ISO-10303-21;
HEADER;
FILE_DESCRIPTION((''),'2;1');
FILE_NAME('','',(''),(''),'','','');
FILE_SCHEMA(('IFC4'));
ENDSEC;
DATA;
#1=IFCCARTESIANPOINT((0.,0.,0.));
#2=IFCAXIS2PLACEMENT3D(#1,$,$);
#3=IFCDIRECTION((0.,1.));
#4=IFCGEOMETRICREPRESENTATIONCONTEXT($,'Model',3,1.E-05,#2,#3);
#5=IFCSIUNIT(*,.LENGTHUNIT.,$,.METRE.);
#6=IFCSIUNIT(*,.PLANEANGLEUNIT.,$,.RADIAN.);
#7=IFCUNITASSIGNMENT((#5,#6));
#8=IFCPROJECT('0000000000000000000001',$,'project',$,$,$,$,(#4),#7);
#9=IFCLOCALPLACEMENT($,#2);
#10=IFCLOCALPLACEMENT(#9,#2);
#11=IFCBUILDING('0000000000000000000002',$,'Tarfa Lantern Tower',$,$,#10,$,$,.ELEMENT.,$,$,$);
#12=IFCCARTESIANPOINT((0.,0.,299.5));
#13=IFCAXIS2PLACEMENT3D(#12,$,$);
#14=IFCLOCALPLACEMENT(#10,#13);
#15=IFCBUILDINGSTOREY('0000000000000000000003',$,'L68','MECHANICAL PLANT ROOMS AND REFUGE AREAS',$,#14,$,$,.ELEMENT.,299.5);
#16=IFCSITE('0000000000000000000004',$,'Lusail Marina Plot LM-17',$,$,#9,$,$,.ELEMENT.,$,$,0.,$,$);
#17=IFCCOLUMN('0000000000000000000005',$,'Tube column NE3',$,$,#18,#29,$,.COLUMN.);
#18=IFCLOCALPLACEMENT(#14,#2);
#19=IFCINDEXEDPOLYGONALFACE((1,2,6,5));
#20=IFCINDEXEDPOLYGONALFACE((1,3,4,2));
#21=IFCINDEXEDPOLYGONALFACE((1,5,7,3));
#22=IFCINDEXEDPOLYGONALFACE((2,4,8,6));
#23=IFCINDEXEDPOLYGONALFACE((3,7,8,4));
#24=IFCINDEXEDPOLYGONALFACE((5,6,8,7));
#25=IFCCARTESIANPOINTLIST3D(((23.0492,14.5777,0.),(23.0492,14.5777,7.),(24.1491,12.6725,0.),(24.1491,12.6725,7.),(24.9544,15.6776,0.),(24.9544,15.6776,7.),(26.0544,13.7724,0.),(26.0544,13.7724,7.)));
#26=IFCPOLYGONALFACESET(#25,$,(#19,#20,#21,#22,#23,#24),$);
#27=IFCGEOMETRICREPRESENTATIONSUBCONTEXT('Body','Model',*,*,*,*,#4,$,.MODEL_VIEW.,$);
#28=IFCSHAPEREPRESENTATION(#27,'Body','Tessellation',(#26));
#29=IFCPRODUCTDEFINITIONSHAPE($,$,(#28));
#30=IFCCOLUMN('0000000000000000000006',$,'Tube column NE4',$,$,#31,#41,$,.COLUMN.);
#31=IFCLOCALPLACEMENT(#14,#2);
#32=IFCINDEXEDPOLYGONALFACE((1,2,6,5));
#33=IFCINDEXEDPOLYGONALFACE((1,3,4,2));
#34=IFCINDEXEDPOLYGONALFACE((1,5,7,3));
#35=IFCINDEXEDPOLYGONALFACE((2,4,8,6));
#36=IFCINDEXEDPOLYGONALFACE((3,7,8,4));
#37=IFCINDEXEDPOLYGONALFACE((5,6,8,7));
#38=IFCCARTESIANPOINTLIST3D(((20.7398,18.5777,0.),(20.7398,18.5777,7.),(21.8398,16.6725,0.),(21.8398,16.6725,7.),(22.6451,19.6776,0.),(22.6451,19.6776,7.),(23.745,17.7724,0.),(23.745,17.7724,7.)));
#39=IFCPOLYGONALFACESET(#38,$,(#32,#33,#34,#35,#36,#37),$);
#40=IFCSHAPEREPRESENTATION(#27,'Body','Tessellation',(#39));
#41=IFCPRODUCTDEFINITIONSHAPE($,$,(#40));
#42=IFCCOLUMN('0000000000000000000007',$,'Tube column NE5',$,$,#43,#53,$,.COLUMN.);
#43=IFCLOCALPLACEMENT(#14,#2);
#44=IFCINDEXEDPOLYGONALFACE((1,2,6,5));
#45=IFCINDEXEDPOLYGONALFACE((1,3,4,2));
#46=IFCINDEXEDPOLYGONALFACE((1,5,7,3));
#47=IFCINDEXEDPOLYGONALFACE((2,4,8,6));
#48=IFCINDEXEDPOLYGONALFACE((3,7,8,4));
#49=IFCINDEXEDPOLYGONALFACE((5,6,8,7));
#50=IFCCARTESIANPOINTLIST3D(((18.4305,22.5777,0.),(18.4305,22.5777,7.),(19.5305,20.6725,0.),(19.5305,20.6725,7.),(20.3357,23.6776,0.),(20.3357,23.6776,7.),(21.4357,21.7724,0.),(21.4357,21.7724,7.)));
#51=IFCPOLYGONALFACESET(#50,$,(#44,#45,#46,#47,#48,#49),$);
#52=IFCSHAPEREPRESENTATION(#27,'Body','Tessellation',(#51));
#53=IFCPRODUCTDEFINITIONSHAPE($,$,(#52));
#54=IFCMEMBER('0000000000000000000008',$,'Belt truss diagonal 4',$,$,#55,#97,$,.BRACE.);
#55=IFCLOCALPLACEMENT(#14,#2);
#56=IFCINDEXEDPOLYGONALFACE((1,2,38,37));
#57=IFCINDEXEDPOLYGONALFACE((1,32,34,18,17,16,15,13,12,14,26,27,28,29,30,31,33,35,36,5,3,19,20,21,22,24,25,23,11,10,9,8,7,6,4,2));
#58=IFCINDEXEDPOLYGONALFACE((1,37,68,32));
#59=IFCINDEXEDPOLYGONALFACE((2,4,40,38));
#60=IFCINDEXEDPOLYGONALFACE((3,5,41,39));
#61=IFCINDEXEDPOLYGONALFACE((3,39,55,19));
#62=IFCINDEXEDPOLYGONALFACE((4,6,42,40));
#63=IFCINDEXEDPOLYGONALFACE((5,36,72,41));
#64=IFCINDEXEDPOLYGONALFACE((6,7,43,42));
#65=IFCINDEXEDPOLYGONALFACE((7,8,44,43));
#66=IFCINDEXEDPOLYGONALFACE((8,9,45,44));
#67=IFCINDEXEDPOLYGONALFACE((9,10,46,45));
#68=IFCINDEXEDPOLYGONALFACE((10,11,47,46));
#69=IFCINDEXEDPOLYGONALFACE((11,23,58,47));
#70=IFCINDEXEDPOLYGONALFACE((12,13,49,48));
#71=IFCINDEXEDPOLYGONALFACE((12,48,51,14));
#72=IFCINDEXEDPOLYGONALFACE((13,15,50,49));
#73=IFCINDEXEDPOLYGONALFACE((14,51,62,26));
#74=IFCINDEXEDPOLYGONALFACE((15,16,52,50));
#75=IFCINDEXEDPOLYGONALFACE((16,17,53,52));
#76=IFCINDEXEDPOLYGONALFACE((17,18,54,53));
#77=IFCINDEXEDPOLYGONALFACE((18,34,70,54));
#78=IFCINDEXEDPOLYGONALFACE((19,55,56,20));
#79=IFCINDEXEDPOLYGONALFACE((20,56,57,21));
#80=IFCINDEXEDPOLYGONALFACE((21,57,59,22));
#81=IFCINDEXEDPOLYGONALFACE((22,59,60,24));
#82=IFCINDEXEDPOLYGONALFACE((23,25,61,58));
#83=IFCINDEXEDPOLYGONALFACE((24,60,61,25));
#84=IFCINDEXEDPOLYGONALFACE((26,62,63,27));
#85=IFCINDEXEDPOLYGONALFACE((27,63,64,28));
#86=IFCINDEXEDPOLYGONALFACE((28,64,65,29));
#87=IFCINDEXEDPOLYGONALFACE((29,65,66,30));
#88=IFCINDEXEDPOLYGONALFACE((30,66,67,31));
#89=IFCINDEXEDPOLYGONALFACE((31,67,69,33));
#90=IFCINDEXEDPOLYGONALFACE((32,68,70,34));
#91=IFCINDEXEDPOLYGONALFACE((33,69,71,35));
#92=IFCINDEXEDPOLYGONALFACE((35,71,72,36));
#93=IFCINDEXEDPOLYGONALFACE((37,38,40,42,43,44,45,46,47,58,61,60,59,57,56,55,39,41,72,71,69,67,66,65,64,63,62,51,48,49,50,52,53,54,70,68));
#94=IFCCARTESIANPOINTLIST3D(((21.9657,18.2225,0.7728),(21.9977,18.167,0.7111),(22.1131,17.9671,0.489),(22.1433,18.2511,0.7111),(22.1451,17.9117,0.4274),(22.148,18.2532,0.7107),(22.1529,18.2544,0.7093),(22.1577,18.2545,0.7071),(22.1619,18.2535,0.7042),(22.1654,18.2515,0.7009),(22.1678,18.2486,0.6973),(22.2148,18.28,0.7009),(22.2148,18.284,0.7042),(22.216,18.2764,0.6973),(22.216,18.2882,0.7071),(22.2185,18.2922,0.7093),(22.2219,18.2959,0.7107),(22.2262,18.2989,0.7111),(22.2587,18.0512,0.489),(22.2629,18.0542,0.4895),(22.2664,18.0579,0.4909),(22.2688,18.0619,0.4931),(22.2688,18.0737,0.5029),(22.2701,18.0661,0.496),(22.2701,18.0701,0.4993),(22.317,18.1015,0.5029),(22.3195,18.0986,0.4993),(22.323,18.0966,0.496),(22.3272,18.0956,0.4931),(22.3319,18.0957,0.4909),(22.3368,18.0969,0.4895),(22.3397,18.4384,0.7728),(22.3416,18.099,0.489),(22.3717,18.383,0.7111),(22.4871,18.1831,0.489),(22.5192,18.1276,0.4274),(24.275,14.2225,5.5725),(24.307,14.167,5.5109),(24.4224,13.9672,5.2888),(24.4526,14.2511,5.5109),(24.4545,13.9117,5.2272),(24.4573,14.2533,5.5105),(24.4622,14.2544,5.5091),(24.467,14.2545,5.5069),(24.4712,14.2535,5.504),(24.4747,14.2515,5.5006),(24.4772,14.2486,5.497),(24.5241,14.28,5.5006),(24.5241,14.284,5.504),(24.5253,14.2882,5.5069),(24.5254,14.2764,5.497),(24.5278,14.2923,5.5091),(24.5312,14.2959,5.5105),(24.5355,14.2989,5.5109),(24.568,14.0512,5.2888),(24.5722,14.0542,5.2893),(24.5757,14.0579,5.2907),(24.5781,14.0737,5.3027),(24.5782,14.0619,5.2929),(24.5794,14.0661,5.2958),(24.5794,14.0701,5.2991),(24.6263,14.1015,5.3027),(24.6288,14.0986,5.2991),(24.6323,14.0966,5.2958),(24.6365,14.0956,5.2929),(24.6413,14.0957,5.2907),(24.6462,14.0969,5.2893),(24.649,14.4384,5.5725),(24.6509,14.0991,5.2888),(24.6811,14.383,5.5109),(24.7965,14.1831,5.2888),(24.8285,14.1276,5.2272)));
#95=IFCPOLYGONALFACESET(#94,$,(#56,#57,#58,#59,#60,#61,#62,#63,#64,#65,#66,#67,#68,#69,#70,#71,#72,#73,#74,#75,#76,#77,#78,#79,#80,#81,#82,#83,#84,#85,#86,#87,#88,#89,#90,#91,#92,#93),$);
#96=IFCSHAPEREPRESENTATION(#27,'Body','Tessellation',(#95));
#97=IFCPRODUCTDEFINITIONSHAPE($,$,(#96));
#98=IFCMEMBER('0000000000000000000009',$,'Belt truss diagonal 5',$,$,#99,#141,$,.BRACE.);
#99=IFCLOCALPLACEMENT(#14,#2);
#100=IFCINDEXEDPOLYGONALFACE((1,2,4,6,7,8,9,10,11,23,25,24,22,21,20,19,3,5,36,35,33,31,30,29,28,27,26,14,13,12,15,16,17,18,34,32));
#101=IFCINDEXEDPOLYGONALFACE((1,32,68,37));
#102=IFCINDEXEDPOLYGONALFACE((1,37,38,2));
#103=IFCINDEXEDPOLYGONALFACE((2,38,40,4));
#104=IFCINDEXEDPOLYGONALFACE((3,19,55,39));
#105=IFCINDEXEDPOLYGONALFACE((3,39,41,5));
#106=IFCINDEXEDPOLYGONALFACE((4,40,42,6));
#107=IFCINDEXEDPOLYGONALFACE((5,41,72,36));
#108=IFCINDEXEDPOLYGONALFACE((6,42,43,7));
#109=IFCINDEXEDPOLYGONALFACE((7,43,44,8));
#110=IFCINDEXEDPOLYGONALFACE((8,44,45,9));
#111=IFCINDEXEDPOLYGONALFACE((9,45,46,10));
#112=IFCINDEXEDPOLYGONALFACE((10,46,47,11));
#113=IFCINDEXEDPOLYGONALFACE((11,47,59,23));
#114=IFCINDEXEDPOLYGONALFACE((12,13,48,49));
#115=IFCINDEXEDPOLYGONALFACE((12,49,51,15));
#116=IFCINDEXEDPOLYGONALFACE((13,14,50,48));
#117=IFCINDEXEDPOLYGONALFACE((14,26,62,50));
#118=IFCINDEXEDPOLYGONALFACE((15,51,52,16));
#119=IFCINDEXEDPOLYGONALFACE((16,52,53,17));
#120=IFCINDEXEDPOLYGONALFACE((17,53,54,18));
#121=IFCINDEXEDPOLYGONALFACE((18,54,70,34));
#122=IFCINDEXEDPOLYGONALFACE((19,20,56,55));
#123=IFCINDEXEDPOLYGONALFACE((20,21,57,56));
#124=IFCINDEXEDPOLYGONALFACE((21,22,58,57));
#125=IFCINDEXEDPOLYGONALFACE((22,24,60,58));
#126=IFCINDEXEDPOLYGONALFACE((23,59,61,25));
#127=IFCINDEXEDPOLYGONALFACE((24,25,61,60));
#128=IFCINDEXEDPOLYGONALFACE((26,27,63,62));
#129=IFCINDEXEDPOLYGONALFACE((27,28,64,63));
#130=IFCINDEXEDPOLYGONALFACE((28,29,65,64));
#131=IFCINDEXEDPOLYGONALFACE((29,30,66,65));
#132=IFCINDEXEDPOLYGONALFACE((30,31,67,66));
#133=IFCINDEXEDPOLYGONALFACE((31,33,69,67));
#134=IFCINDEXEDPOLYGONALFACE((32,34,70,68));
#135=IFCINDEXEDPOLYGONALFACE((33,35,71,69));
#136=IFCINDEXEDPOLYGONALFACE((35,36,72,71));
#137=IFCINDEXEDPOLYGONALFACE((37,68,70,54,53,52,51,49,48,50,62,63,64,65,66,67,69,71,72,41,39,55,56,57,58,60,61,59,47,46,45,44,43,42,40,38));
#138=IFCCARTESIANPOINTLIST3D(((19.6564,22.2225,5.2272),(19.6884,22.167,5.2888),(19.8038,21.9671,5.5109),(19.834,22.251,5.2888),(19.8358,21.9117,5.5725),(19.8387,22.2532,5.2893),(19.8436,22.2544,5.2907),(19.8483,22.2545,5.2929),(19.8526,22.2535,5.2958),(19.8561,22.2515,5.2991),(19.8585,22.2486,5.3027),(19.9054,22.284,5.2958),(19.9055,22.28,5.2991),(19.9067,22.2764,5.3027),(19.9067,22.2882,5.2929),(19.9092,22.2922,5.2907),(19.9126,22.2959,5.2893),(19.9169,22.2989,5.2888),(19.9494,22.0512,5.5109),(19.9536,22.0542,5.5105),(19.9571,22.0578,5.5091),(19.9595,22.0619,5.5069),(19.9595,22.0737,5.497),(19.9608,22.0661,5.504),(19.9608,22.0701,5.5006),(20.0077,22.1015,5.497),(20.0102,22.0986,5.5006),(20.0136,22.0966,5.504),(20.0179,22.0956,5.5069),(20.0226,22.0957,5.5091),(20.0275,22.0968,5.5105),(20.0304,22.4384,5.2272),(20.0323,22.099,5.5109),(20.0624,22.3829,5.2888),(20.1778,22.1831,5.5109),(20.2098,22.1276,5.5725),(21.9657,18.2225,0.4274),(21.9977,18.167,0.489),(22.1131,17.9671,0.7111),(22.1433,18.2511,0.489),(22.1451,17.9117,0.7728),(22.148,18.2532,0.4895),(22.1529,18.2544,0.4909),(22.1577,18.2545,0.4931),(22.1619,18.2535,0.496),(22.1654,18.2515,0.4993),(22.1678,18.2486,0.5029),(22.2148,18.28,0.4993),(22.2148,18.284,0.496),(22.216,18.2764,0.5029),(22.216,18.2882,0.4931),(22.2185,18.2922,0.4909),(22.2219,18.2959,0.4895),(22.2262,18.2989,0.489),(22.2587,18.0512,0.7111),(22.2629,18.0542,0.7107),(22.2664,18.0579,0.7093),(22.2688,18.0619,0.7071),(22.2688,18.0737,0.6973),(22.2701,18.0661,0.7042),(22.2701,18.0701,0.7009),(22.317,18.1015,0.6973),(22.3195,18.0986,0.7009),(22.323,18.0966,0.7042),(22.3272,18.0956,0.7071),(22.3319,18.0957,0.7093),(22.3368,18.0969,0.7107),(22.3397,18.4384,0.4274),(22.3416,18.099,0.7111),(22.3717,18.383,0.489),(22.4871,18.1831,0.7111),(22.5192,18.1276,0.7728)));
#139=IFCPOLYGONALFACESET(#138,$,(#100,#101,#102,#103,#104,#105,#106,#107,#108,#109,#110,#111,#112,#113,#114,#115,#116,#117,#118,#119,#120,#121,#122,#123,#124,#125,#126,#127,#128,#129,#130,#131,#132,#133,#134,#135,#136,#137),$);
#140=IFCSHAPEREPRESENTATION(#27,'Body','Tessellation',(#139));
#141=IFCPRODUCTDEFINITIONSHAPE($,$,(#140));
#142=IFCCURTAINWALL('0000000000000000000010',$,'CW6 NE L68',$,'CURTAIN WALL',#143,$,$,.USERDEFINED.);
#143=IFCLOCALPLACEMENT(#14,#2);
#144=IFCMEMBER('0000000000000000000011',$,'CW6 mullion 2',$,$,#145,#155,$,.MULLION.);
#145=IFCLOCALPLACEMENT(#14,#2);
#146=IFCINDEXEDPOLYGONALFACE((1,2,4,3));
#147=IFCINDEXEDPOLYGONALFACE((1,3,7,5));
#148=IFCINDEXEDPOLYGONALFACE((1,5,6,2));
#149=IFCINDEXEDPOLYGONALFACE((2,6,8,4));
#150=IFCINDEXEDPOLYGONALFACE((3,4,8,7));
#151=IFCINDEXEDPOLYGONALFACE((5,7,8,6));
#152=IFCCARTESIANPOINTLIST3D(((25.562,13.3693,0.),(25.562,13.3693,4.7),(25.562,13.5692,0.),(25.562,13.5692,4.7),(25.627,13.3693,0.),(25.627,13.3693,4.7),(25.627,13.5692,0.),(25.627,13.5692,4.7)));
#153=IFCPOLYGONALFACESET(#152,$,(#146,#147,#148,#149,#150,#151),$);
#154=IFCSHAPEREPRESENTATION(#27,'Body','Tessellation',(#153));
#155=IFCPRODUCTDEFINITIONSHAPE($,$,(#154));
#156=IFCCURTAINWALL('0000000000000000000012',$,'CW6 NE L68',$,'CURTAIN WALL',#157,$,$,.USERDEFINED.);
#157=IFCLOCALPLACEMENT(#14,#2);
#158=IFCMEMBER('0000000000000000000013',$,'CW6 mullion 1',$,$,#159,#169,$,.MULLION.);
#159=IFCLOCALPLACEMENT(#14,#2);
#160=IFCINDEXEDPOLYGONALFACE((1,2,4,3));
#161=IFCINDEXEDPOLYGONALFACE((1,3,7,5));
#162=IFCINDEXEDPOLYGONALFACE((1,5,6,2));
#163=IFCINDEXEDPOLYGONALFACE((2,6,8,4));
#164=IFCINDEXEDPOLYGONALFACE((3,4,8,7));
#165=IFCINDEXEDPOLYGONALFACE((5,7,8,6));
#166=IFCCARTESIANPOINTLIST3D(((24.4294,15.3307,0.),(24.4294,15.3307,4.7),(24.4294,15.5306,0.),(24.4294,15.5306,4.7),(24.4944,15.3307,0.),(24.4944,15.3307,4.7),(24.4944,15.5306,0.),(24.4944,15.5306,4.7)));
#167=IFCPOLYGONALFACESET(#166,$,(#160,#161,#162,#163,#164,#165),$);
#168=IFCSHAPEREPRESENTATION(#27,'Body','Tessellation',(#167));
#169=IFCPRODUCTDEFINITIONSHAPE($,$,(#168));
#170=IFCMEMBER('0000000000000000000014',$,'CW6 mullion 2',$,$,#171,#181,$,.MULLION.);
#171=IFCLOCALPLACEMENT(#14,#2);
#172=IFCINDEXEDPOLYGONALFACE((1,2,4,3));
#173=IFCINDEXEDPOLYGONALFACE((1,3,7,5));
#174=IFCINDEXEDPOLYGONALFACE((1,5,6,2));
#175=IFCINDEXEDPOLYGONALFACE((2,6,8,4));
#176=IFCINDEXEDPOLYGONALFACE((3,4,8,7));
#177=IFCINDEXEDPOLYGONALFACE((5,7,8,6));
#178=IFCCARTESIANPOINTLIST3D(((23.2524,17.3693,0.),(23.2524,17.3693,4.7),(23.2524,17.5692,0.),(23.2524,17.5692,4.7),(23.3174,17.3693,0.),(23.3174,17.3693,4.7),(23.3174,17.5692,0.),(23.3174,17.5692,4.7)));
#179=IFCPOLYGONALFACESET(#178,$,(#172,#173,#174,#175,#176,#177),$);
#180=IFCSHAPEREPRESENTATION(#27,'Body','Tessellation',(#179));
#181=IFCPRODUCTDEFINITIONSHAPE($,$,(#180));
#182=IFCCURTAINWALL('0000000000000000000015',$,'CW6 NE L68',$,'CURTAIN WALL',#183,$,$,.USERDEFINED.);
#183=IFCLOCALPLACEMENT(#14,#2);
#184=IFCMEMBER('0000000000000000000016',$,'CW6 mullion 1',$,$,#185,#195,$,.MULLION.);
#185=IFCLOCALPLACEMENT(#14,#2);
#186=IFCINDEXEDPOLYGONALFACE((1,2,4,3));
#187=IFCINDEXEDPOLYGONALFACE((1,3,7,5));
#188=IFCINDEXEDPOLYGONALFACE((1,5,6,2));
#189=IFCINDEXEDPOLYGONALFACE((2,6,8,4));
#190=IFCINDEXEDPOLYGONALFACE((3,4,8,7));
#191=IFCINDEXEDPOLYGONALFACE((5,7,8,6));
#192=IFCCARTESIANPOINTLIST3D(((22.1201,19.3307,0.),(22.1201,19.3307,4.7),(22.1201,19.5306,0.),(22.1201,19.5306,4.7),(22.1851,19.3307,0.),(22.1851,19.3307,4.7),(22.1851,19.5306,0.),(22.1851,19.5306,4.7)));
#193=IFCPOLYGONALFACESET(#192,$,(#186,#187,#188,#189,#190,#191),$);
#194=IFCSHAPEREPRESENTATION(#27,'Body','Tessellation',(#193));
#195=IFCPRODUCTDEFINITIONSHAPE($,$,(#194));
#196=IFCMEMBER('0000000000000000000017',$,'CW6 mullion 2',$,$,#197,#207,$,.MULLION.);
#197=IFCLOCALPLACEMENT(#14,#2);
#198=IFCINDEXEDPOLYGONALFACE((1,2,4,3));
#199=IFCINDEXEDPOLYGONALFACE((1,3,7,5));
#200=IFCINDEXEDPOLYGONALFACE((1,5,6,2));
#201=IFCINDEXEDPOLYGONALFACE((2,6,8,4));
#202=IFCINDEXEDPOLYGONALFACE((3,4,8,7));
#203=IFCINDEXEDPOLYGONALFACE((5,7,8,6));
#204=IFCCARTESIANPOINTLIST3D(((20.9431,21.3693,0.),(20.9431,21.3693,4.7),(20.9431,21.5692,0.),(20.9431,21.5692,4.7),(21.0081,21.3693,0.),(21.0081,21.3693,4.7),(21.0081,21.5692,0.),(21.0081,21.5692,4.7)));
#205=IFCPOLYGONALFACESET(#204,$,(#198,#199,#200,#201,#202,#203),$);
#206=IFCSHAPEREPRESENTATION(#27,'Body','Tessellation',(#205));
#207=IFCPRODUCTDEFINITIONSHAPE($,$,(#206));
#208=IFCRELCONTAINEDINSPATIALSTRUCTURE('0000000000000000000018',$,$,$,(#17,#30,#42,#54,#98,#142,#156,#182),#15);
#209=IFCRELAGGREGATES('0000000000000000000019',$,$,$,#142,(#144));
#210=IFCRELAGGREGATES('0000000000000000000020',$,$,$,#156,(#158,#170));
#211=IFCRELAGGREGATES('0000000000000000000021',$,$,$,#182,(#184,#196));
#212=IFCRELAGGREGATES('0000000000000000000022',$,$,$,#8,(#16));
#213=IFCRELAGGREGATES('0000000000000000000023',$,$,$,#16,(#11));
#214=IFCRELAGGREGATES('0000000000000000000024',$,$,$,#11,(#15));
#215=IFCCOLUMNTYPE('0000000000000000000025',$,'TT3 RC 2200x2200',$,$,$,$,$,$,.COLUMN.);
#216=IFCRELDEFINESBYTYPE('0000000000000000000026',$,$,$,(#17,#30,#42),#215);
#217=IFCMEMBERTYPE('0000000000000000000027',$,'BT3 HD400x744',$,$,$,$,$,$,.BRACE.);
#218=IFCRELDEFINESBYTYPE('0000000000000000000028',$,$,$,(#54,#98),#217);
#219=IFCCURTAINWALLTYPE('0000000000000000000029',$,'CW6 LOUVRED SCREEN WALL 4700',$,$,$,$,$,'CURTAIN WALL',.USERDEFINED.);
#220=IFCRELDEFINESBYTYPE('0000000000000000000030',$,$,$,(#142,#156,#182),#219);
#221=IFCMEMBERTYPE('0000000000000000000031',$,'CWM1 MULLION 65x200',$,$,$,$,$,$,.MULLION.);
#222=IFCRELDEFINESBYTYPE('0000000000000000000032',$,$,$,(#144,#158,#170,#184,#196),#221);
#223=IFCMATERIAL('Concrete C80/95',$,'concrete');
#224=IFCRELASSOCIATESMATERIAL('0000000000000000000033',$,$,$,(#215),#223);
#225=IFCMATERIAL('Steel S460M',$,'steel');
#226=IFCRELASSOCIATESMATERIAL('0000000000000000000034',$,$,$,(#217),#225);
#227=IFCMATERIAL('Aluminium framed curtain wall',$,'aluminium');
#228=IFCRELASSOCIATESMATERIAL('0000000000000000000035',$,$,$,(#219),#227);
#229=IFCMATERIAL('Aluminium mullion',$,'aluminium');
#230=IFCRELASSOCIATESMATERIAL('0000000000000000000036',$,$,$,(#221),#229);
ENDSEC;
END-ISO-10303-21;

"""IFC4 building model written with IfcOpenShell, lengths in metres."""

from ifc_helpers import new_model, si_unit, direction, frame, origin, origin_2d, place, context, subcontext, project, spatial, rectangle, i_section, extrude, material, material_profile, profile_set, type_object, element, aggregate, save


model = new_model("IFC4")

# Units and contexts
model_context = context("Model", 3, precision=1e-05, world=origin(), true_north=direction((0.0, 1.0)))
body_context = subcontext(model_context, "Body", "Model", "MODEL_VIEW")
ifc_project = project(units=[si_unit("LENGTHUNIT", "METRE"), si_unit("PLANEANGLEUNIT", "RADIAN")], contexts=[model_context])

# Site, building, storey
site_placement = place(None, origin())
site = spatial("IfcSite", under=ifc_project, at=site_placement, Name="Lusail Marina Plot LM-17", CompositionType="ELEMENT", RefElevation=0.0)
building_placement = place(site_placement, origin())
building = spatial("IfcBuilding", under=site, at=building_placement, Name="Tarfa Lantern Tower", CompositionType="ELEMENT")
storey_placement = place(building_placement, frame((0.0, 0.0, 299.5)))
storey = spatial("IfcBuildingStorey", under=building, at=storey_placement, Name="L68", Description="MECHANICAL PLANT ROOMS AND REFUGE AREAS", CompositionType="ELEMENT", Elevation=299.5)

# Columns
ifc_material_1 = material(Name="Concrete C80/95", Category="concrete")
ifc_material_profile_1 = material_profile(ifc_material_1, rectangle(XDim=2.2, YDim=2.2, at=origin_2d()), Name="RC 2200x2200")
ifc_profile_set_1 = profile_set([ifc_material_profile_1], Name="Concrete C80/95")
column_type = type_object("IfcColumnType", Name="TT3 RC 2200x2200", PredefinedType="COLUMN", material=ifc_profile_set_1)
for number, where, z_axis, x_axis, name in (
    (1, (24.5518, 14.175, 0.0), (0.0, 0.0, 1.0), (-0.5, 0.866025, 0.0), "Tube column NE3"),
    (2, (22.2424, 18.175, 0.0), (0.0, 0.0, 1.0), (-0.5, 0.866025, 0.0), "Tube column NE4"),
    (3, (19.9331, 22.175, 0.0), (0.0, 0.0, 1.0), (-0.5, 0.866025, 0.0), "Tube column NE5"),
):
    element("IfcColumn", number, at=place(storey_placement, frame(where, z_axis=z_axis, x_axis=x_axis)), inside=storey, type_object=column_type, Name=name, PredefinedType="COLUMN", context=body_context, shape_type="SweptSolid", body=[
        extrude(rectangle(XDim=2.2, YDim=2.2, at=origin_2d()), origin(), (0.0, 0.0, 1.0), 7.0),
    ])

# Members
ifc_material_2 = material(Name="Steel S460M", Category="steel")
ifc_material_profile_2 = material_profile(ifc_material_2, i_section(OverallWidth=0.4319, OverallDepth=0.498, WebThickness=0.0557, FlangeThickness=0.0889, FilletRadius=0.02, at=origin_2d()), Name="HD400x744")
ifc_profile_set_2 = profile_set([ifc_material_profile_2], Name="Steel S460M")
member_type_1 = type_object("IfcMemberType", Name="BT3 HD400x744", PredefinedType="BRACE", material=ifc_profile_set_2)
for number, where, z_axis, x_axis, name in (
    (4, (22.2424, 18.175, 0.6001), (0.346685, -0.600496, 0.720565), (0.866032, 0.499988, 0.0), "Belt truss diagonal 4"),
    (5, (22.2424, 18.175, 0.6001), (-0.346685, 0.600496, 0.720565), (-0.866032, -0.499988, 0.0), "Belt truss diagonal 5"),
):
    element("IfcMember", number, at=place(storey_placement, frame(where, z_axis=z_axis, x_axis=x_axis)), inside=storey, type_object=member_type_1, Name=name, PredefinedType="BRACE", context=body_context, shape_type="SweptSolid", body=[
        extrude(i_section(OverallWidth=0.4319, OverallDepth=0.498, WebThickness=0.0557, FlangeThickness=0.0889, FilletRadius=0.02, at=origin_2d()), origin(), (0.0, 0.0, 1.0), 6.6611),
    ])

# Curtain wall, member
ifc_material_3 = material(Name="Aluminium framed curtain wall", Category="aluminium")
curtain_wall_type = type_object("IfcCurtainWallType", Name="CW6 LOUVRED SCREEN WALL 4700", ElementType="CURTAIN WALL", PredefinedType="USERDEFINED", material=ifc_material_3)
curtain_wall_1_placement = place(storey_placement, origin())
curtain_wall_1 = element("IfcCurtainWall", 6, at=curtain_wall_1_placement, inside=storey, type_object=curtain_wall_type, Name="CW6 NE L68", ObjectType="CURTAIN WALL", PredefinedType="USERDEFINED")
ifc_material_4 = material(Name="Aluminium mullion", Category="aluminium")
ifc_material_profile_3 = material_profile(ifc_material_4, rectangle(XDim=0.0649, YDim=0.2, at=origin_2d()), Name="AL MULLION 65x200")
ifc_profile_set_3 = profile_set([ifc_material_profile_3], Name="Aluminium mullion")
member_type_2 = type_object("IfcMemberType", Name="CWM1 MULLION 65x200", PredefinedType="MULLION", material=ifc_profile_set_3)
member_1_placement = place(storey_placement, frame((25.5945, 13.4692, 0.0), z_axis=(0.0, 0.0, 1.0), x_axis=(1.0, 0.0, 0.0)))
member_1 = element("IfcMember", 7, at=member_1_placement, type_object=member_type_2, Name="CW6 mullion 2", PredefinedType="MULLION", context=body_context, shape_type="SweptSolid", body=[
    extrude(rectangle(XDim=0.0649, YDim=0.2, at=origin_2d()), origin(), (0.0, 0.0, 1.0), 4.7),
])

# Curtain walls, members
curtain_wall_2_placement = place(storey_placement, origin())
curtain_wall_2 = element("IfcCurtainWall", 8, at=curtain_wall_2_placement, inside=storey, type_object=curtain_wall_type, Name="CW6 NE L68", ObjectType="CURTAIN WALL", PredefinedType="USERDEFINED")
member_2_placement = place(storey_placement, frame((24.4619, 15.4307, 0.0), z_axis=(0.0, 0.0, 1.0), x_axis=(1.0, 0.0, 0.0)))
member_2 = element("IfcMember", 9, at=member_2_placement, type_object=member_type_2, Name="CW6 mullion 1", PredefinedType="MULLION", context=body_context, shape_type="SweptSolid", body=[
    extrude(rectangle(XDim=0.0649, YDim=0.2, at=origin_2d()), origin(), (0.0, 0.0, 1.0), 4.7),
])
member_3_placement = place(storey_placement, frame((23.2849, 17.4692, 0.0), z_axis=(0.0, 0.0, 1.0), x_axis=(1.0, 0.0, 0.0)))
member_3 = element("IfcMember", 10, at=member_3_placement, type_object=member_type_2, Name="CW6 mullion 2", PredefinedType="MULLION", context=body_context, shape_type="SweptSolid", body=[
    extrude(rectangle(XDim=0.0649, YDim=0.2, at=origin_2d()), origin(), (0.0, 0.0, 1.0), 4.7),
])
curtain_wall_3_placement = place(storey_placement, origin())
curtain_wall_3 = element("IfcCurtainWall", 11, at=curtain_wall_3_placement, inside=storey, type_object=curtain_wall_type, Name="CW6 NE L68", ObjectType="CURTAIN WALL", PredefinedType="USERDEFINED")
member_4_placement = place(storey_placement, frame((22.1526, 19.4307, 0.0), z_axis=(0.0, 0.0, 1.0), x_axis=(1.0, 0.0, 0.0)))
member_4 = element("IfcMember", 12, at=member_4_placement, type_object=member_type_2, Name="CW6 mullion 1", PredefinedType="MULLION", context=body_context, shape_type="SweptSolid", body=[
    extrude(rectangle(XDim=0.0649, YDim=0.2, at=origin_2d()), origin(), (0.0, 0.0, 1.0), 4.7),
])
member_5_placement = place(storey_placement, frame((20.9756, 21.4692, 0.0), z_axis=(0.0, 0.0, 1.0), x_axis=(1.0, 0.0, 0.0)))
member_5 = element("IfcMember", 13, at=member_5_placement, type_object=member_type_2, Name="CW6 mullion 2", PredefinedType="MULLION", context=body_context, shape_type="SweptSolid", body=[
    extrude(rectangle(XDim=0.0649, YDim=0.2, at=origin_2d()), origin(), (0.0, 0.0, 1.0), 4.7),
])

aggregate(curtain_wall_1, [member_1])
aggregate(curtain_wall_2, [member_2, member_3])
aggregate(curtain_wall_3, [member_4, member_5])

save(model, "model.ifc")
